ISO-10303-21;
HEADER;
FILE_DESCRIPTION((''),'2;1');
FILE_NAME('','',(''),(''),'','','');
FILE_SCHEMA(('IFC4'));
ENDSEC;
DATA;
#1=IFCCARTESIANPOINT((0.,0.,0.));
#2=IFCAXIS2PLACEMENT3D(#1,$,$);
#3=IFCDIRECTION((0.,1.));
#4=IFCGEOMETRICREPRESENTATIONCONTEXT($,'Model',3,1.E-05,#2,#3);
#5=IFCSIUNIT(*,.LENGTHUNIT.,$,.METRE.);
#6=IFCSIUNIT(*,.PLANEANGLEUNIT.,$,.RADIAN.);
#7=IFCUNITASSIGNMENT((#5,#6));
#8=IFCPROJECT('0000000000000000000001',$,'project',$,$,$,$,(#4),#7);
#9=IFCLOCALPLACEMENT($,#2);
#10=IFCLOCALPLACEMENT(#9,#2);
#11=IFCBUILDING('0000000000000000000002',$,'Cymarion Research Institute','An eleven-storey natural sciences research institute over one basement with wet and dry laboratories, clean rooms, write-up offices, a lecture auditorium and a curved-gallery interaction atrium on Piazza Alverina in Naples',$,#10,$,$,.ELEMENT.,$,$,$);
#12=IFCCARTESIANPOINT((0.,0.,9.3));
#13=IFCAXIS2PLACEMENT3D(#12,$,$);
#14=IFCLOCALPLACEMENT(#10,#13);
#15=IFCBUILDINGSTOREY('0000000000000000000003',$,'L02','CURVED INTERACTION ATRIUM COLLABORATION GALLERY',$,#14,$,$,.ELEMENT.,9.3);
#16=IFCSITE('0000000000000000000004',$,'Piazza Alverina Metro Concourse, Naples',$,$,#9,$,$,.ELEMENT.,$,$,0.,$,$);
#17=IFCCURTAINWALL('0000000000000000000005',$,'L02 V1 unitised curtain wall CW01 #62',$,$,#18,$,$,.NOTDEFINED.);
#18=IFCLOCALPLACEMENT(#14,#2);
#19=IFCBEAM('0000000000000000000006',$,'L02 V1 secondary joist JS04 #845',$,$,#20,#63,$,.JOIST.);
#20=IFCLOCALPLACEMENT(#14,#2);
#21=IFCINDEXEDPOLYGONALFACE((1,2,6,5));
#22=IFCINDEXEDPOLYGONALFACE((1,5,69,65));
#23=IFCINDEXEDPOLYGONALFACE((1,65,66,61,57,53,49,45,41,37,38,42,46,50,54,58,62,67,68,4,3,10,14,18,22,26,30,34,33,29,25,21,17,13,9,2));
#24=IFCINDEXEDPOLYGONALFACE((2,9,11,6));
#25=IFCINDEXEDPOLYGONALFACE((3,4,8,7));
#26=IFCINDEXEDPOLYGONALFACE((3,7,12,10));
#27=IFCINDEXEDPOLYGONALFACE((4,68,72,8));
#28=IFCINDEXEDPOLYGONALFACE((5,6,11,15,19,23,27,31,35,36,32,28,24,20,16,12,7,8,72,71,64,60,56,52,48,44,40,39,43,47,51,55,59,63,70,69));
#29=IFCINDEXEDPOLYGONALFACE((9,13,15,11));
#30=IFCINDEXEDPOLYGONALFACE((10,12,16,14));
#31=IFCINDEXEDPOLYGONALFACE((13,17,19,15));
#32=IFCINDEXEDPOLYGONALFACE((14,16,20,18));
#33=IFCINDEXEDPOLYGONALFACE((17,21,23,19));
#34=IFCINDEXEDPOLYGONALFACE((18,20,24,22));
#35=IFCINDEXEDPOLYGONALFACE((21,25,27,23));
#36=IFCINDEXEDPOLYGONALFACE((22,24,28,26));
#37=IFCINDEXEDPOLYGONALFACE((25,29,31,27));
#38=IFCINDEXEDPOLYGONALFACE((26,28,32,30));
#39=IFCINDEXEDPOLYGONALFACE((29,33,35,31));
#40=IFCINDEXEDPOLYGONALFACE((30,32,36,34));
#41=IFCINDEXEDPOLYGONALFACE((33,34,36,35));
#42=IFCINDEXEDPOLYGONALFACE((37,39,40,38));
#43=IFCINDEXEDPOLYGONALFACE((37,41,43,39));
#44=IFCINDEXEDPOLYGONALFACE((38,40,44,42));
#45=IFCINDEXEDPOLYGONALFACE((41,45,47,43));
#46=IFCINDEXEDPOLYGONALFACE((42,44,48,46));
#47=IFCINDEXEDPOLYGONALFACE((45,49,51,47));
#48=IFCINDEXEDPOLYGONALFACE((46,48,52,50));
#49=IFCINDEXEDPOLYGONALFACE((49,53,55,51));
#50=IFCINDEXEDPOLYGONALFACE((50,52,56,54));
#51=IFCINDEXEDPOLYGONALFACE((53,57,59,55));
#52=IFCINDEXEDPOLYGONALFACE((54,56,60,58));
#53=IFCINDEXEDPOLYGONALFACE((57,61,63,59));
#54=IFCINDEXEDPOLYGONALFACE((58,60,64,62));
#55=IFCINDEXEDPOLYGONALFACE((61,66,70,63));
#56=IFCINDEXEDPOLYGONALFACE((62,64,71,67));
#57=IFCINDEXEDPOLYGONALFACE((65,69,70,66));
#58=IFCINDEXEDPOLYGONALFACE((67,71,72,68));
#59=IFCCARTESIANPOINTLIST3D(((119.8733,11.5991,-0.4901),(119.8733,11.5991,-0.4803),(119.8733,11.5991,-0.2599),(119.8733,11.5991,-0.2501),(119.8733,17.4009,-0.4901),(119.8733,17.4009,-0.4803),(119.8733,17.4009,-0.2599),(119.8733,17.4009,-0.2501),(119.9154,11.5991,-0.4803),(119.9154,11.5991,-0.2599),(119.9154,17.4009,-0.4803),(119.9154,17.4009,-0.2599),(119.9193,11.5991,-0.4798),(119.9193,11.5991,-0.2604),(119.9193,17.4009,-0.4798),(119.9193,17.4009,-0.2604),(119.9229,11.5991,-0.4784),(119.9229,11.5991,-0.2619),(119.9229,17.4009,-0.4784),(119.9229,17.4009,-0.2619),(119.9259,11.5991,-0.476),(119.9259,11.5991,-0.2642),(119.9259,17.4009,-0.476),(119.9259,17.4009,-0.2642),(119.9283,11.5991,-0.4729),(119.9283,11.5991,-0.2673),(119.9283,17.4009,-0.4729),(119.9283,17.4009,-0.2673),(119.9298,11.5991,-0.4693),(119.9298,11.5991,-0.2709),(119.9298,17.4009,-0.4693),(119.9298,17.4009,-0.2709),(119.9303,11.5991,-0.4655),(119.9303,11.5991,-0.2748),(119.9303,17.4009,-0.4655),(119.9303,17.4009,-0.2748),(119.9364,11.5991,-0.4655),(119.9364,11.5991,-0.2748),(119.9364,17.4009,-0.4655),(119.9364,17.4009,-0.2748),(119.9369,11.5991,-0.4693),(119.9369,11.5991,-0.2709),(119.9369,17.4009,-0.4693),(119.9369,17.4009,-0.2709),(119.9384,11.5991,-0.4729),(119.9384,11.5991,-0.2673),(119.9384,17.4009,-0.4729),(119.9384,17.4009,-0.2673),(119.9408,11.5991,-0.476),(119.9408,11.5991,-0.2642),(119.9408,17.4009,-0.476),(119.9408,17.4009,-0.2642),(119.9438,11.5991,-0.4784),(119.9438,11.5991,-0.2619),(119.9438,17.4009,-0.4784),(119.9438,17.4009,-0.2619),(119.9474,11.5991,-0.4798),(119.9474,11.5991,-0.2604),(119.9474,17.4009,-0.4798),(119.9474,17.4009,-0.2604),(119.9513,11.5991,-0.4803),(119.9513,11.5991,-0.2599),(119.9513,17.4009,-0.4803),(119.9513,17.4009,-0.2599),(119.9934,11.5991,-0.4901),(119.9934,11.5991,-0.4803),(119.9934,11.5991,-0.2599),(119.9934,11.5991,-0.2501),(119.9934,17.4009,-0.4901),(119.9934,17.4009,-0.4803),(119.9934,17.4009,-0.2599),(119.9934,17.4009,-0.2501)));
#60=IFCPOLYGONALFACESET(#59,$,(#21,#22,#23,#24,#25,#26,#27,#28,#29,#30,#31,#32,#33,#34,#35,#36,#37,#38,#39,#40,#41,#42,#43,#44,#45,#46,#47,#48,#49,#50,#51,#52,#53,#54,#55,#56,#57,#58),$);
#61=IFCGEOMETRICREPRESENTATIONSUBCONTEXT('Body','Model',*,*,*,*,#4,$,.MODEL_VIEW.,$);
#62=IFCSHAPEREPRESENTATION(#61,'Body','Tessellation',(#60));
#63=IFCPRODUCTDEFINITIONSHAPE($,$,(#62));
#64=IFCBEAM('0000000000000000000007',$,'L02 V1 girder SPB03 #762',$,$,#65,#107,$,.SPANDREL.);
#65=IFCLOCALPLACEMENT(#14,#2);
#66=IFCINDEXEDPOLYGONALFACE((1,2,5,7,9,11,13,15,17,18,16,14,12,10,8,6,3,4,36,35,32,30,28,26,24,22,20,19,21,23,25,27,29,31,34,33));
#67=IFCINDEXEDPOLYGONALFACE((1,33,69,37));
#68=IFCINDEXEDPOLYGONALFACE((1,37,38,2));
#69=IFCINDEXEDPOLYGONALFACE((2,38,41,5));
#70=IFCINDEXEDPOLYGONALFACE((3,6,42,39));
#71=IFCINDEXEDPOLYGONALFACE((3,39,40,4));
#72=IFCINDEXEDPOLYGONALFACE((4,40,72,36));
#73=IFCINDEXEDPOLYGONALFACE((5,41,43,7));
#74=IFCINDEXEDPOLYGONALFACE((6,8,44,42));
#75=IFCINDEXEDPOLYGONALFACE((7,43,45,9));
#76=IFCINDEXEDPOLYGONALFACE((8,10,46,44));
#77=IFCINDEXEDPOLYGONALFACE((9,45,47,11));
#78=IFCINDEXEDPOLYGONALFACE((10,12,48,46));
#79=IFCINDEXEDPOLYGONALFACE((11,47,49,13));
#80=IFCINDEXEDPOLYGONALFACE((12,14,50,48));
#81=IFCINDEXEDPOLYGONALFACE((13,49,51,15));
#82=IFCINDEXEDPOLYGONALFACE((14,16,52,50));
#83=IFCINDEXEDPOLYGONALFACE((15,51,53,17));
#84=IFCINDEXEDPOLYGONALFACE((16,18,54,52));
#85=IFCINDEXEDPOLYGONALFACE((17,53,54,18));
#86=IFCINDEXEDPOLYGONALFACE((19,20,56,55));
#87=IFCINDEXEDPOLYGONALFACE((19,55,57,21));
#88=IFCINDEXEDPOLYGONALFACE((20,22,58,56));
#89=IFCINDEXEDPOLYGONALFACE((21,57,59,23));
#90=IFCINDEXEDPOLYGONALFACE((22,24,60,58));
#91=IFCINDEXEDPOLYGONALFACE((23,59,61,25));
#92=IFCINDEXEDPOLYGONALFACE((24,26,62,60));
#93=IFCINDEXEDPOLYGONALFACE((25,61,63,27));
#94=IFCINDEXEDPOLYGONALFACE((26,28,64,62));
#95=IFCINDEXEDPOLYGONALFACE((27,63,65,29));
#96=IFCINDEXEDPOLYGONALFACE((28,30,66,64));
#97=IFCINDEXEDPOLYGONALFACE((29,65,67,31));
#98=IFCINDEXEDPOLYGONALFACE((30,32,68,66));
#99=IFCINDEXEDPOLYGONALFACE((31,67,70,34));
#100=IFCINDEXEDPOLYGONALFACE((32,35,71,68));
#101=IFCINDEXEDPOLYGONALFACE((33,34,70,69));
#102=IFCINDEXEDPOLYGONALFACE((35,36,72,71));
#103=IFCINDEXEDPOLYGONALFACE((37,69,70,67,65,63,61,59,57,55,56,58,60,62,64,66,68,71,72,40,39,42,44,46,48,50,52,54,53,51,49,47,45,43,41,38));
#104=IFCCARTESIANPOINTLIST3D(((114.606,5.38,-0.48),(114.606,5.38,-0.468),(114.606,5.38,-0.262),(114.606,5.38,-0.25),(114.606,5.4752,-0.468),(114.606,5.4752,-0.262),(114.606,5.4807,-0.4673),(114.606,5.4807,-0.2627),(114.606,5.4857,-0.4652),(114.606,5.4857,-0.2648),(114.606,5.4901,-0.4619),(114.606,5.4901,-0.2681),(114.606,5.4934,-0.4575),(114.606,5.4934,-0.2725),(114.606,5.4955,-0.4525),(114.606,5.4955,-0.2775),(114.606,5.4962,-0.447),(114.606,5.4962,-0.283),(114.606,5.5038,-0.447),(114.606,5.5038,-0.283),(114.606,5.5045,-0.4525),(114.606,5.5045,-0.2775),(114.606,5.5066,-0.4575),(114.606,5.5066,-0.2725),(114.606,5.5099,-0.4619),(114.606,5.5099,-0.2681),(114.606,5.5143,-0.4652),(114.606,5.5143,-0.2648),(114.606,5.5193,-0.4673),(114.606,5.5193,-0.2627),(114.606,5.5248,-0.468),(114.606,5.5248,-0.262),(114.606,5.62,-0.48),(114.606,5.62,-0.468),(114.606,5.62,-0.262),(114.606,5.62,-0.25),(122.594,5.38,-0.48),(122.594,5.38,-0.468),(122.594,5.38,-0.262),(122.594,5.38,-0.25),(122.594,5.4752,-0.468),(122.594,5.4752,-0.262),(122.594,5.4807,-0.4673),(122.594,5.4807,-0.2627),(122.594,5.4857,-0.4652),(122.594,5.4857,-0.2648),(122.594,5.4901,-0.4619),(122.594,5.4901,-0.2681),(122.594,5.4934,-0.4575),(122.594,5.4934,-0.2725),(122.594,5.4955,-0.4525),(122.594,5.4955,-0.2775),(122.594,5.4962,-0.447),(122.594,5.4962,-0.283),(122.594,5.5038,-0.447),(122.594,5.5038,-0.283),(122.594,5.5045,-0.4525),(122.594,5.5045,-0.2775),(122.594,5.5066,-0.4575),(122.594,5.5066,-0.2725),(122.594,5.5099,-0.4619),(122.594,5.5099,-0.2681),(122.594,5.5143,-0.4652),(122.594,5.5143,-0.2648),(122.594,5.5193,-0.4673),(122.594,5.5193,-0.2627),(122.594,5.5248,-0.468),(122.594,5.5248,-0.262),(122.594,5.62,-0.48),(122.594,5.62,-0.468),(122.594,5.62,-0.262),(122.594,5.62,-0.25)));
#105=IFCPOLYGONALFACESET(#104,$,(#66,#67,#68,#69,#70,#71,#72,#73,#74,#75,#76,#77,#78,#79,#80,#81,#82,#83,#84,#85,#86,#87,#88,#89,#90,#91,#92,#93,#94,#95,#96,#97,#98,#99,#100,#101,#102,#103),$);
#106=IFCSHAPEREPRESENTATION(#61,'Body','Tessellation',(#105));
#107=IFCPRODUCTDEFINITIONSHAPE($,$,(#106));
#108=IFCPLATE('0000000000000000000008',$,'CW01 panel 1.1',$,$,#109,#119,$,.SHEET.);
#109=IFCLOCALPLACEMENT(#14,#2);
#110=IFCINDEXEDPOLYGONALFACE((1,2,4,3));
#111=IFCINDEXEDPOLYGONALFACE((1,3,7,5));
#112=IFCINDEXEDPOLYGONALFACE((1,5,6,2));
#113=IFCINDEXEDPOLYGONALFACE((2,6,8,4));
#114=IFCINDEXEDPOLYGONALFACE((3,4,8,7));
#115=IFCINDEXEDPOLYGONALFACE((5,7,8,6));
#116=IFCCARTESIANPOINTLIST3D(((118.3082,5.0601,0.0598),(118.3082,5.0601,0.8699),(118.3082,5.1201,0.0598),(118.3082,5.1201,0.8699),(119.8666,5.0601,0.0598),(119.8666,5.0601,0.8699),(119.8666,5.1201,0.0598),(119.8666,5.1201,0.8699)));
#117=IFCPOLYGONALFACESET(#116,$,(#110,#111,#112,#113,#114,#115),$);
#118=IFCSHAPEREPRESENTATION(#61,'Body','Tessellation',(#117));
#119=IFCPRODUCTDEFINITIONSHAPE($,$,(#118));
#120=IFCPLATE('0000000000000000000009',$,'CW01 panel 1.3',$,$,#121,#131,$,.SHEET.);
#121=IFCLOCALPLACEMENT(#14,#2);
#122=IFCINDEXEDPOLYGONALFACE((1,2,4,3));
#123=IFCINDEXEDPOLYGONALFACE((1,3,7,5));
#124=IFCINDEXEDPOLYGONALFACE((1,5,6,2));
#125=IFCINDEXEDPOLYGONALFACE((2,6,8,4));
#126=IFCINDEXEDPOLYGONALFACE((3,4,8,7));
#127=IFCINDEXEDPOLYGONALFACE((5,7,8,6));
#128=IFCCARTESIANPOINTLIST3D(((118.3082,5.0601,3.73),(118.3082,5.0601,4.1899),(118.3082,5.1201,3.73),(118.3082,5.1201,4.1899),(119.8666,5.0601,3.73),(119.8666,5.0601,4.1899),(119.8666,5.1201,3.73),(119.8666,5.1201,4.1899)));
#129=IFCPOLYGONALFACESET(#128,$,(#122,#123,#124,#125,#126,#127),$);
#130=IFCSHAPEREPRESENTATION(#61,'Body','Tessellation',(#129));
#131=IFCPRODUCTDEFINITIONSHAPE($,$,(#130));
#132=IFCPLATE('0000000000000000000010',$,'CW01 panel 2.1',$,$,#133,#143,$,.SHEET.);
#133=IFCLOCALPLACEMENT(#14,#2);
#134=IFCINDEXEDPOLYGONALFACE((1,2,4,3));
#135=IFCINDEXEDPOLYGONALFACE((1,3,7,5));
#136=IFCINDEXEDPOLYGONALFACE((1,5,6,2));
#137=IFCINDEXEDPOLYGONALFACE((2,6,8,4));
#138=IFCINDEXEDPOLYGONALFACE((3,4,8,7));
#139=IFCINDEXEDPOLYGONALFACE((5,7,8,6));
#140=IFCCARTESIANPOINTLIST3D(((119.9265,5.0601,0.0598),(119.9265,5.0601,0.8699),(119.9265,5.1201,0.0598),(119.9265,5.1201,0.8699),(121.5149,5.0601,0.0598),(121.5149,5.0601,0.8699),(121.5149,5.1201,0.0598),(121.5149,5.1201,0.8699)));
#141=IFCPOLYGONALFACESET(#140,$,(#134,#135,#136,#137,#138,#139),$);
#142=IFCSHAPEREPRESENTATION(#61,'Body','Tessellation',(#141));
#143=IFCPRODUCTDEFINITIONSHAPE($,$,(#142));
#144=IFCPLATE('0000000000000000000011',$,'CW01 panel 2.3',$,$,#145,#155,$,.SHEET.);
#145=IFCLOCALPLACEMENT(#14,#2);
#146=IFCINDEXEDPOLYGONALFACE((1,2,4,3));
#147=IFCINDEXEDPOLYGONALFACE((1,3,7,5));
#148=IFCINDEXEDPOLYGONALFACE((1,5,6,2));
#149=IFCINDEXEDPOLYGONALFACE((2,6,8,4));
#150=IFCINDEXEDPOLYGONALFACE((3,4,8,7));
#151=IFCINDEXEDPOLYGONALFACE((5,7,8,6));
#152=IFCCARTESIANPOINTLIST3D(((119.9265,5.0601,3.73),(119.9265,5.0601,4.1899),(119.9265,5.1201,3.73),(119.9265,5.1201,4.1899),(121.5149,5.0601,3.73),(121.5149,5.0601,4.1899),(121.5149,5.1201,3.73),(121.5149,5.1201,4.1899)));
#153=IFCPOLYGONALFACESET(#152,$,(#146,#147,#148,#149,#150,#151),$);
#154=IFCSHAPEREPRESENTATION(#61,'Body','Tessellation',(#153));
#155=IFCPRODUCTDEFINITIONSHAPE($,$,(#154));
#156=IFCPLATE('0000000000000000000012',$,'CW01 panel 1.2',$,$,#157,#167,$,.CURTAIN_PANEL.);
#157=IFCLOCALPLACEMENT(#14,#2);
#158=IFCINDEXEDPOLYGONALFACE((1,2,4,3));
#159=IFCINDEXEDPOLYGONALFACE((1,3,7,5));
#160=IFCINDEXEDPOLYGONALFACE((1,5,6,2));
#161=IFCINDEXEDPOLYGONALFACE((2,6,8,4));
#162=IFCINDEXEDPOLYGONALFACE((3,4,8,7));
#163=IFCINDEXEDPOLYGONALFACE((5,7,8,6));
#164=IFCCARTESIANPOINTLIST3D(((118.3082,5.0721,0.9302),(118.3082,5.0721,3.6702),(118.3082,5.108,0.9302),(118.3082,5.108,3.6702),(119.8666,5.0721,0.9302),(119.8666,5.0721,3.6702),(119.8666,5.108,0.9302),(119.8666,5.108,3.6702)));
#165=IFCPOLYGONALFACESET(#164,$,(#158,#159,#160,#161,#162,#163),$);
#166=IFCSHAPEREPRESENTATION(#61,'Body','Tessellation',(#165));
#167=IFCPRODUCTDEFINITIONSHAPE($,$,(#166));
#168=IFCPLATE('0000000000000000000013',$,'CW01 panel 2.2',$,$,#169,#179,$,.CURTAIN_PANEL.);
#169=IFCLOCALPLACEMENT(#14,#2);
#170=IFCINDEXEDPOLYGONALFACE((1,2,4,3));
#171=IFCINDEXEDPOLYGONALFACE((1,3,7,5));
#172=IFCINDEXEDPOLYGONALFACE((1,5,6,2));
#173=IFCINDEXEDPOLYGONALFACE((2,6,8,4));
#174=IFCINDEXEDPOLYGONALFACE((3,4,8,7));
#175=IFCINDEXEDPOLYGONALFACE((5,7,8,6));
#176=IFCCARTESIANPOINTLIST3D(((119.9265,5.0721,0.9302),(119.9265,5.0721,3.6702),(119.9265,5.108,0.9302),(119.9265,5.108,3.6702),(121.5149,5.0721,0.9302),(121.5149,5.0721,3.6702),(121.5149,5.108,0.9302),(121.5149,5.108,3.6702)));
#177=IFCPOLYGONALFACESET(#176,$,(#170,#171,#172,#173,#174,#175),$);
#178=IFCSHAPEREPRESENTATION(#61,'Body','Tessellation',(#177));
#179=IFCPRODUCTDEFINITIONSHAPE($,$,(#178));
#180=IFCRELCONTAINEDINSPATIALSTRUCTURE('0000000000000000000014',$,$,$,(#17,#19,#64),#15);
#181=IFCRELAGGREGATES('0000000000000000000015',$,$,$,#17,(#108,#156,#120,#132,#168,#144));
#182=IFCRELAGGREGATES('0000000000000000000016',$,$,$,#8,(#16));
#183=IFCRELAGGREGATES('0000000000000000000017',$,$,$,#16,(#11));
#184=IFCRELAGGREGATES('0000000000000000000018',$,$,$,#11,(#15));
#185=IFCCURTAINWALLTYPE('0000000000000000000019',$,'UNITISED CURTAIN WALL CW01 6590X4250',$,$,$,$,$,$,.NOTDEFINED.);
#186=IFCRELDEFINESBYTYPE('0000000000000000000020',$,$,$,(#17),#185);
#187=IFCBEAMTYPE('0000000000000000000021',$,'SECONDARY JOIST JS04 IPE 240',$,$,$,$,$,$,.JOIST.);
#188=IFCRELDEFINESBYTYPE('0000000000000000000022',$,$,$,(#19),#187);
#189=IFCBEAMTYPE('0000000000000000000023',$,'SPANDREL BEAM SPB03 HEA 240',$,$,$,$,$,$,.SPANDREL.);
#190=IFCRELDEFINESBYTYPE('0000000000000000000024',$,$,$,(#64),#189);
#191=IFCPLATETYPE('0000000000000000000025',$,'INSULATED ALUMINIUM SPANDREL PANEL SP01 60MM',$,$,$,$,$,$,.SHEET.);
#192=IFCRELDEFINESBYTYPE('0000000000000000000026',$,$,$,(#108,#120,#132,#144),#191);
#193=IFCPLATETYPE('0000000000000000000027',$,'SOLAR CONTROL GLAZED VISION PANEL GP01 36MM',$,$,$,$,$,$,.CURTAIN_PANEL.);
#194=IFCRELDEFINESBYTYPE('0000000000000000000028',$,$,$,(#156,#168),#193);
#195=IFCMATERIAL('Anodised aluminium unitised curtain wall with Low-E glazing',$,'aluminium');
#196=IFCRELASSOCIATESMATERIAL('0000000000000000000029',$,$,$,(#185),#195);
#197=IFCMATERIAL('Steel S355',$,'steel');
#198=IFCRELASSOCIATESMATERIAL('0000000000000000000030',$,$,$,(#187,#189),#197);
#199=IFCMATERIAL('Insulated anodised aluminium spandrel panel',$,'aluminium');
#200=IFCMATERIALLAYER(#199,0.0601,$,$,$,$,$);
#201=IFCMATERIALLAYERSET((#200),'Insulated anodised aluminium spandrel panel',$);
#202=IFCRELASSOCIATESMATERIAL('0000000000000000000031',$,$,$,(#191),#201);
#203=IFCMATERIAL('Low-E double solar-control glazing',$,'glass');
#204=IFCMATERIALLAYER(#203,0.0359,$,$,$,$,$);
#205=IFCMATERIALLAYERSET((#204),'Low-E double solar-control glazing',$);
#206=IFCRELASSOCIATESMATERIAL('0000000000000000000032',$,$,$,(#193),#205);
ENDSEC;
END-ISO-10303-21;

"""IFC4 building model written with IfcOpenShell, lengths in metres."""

from ifc_helpers import new_model, si_unit, direction, frame, origin, origin_2d, place, context, subcontext, project, spatial, rectangle, i_section, extrude, material, layer, layer_set, material_profile, profile_set, type_object, element, aggregate, save


model = new_model("IFC4")

# Units and contexts
model_context = context("Model", 3, precision=1e-05, world=origin(), true_north=direction((0.0, 1.0)))
body_context = subcontext(model_context, "Body", "Model", "MODEL_VIEW")
ifc_project = project(units=[si_unit("LENGTHUNIT", "METRE"), si_unit("PLANEANGLEUNIT", "RADIAN")], contexts=[model_context])

# Site, building, storey
site_placement = place(None, origin())
site = spatial("IfcSite", under=ifc_project, at=site_placement, Name="Piazza Alverina Metro Concourse, Naples", CompositionType="ELEMENT", RefElevation=0.0)
building_placement = place(site_placement, origin())
building = spatial("IfcBuilding", under=site, at=building_placement, Name="Cymarion Research Institute", Description="An eleven-storey natural sciences research institute over one basement with wet and dry laboratories, clean rooms, write-up offices, a lecture auditorium and a curved-gallery interaction atrium on Piazza Alverina in Naples", CompositionType="ELEMENT")
storey_placement = place(building_placement, frame((0.0, 0.0, 9.3)))
storey = spatial("IfcBuildingStorey", under=building, at=storey_placement, Name="L02", Description="CURVED INTERACTION ATRIUM COLLABORATION GALLERY", CompositionType="ELEMENT", Elevation=9.3)

# Shared definitions
ifc_material_1 = material(Name="Steel S355", Category="steel")

# Curtain wall
ifc_material_2 = material(Name="Anodised aluminium unitised curtain wall with Low-E glazing", Category="aluminium")
curtain_wall_type = type_object("IfcCurtainWallType", Name="UNITISED CURTAIN WALL CW01 6590X4250", PredefinedType="NOTDEFINED", material=ifc_material_2)
curtain_wall_placement = place(storey_placement, origin())
curtain_wall = element("IfcCurtainWall", 1, at=curtain_wall_placement, inside=storey, type_object=curtain_wall_type, Name="L02 V1 unitised curtain wall CW01 #62", PredefinedType="NOTDEFINED")

# Beams
ifc_material_profile_1 = material_profile(ifc_material_1, i_section(OverallWidth=0.1201, OverallDepth=0.24, WebThickness=0.0061, FlangeThickness=0.0098, FilletRadius=0.0149, at=origin_2d()), Name="IPE 240")
ifc_profile_set_1 = profile_set([ifc_material_profile_1], Name="Steel S355")
beam_type_1 = type_object("IfcBeamType", Name="SECONDARY JOIST JS04 IPE 240", PredefinedType="JOIST", material=ifc_profile_set_1)
for number, where, z_axis, x_axis, name in (
    (2, (119.9333, 11.5991, -0.3701), (0.0, 1.0, 0.0), (-1.0, 0.0, 0.0), "L02 V1 secondary joist JS04 #845"),
):
    element("IfcBeam", number, at=place(storey_placement, frame(where, z_axis=z_axis, x_axis=x_axis)), inside=storey, type_object=beam_type_1, Name=name, PredefinedType="JOIST", context=body_context, shape_type="SweptSolid", body=[
        extrude(i_section(OverallWidth=0.1201, OverallDepth=0.24, WebThickness=0.0061, FlangeThickness=0.0098, FilletRadius=0.0149, at=origin_2d()), origin(), (0.0, 0.0, 1.0), 5.8018),
    ])
ifc_material_profile_2 = material_profile(ifc_material_1, i_section(OverallWidth=0.24, OverallDepth=0.23, WebThickness=0.0076, FlangeThickness=0.012, FilletRadius=0.021, at=origin_2d()), Name="HEA 240")
ifc_profile_set_2 = profile_set([ifc_material_profile_2], Name="Steel S355")
beam_type_2 = type_object("IfcBeamType", Name="SPANDREL BEAM SPB03 HEA 240", PredefinedType="SPANDREL", material=ifc_profile_set_2)
beam_placement = place(storey_placement, frame((114.606, 5.5, -0.365), z_axis=(1.0, 0.0, 0.0), x_axis=(0.0, 1.0, 0.0)))
element("IfcBeam", 3, at=beam_placement, inside=storey, type_object=beam_type_2, Name="L02 V1 girder SPB03 #762", PredefinedType="SPANDREL", context=body_context, shape_type="SweptSolid", body=[
    extrude(i_section(OverallWidth=0.24, OverallDepth=0.23, WebThickness=0.0076, FlangeThickness=0.012, FilletRadius=0.021, at=origin_2d()), origin(), (0.0, 0.0, 1.0), 7.988),
])

# Plates
ifc_material_3 = material(Name="Insulated anodised aluminium spandrel panel", Category="aluminium")
ifc_layer_1 = layer(ifc_material_3, 0.0601)
ifc_layer_set_1 = layer_set([ifc_layer_1], Name="Insulated anodised aluminium spandrel panel")
plate_type_1 = type_object("IfcPlateType", Name="INSULATED ALUMINIUM SPANDREL PANEL SP01 60MM", PredefinedType="SHEET", material=ifc_layer_set_1)
plate_1_placement = place(storey_placement, frame((119.0874, 5.0901, 0.0598), z_axis=(0.0, 0.0, 1.0), x_axis=(1.0, 0.0, 0.0)))
plate_1 = element("IfcPlate", 4, at=plate_1_placement, type_object=plate_type_1, Name="CW01 panel 1.1", PredefinedType="SHEET", context=body_context, shape_type="SweptSolid", body=[
    extrude(rectangle(XDim=1.5583, YDim=0.0601, at=origin_2d()), origin(), (0.0, 0.0, 1.0), 0.8101),
])
plate_2_placement = place(storey_placement, frame((119.0874, 5.0901, 3.73), z_axis=(0.0, 0.0, 1.0), x_axis=(1.0, 0.0, 0.0)))
plate_2 = element("IfcPlate", 5, at=plate_2_placement, type_object=plate_type_1, Name="CW01 panel 1.3", PredefinedType="SHEET", context=body_context, shape_type="SweptSolid", body=[
    extrude(rectangle(XDim=1.5583, YDim=0.0601, at=origin_2d()), origin(), (0.0, 0.0, 1.0), 0.46),
])
plate_3_placement = place(storey_placement, frame((120.7207, 5.0901, 0.0598), z_axis=(0.0, 0.0, 1.0), x_axis=(1.0, 0.0, 0.0)))
plate_3 = element("IfcPlate", 6, at=plate_3_placement, type_object=plate_type_1, Name="CW01 panel 2.1", PredefinedType="SHEET", context=body_context, shape_type="SweptSolid", body=[
    extrude(rectangle(XDim=1.5884, YDim=0.0601, at=origin_2d()), origin(), (0.0, 0.0, 1.0), 0.8101),
])
plate_4_placement = place(storey_placement, frame((120.7207, 5.0901, 3.73), z_axis=(0.0, 0.0, 1.0), x_axis=(1.0, 0.0, 0.0)))
plate_4 = element("IfcPlate", 7, at=plate_4_placement, type_object=plate_type_1, Name="CW01 panel 2.3", PredefinedType="SHEET", context=body_context, shape_type="SweptSolid", body=[
    extrude(rectangle(XDim=1.5884, YDim=0.0601, at=origin_2d()), origin(), (0.0, 0.0, 1.0), 0.46),
])
ifc_material_4 = material(Name="Low-E double solar-control glazing", Category="glass")
ifc_layer_2 = layer(ifc_material_4, 0.0359)
ifc_layer_set_2 = layer_set([ifc_layer_2], Name="Low-E double solar-control glazing")
plate_type_2 = type_object("IfcPlateType", Name="SOLAR CONTROL GLAZED VISION PANEL GP01 36MM", PredefinedType="CURTAIN_PANEL", material=ifc_layer_set_2)
plate_5_placement = place(storey_placement, frame((119.0874, 5.0901, 0.9302), z_axis=(0.0, 0.0, 1.0), x_axis=(1.0, 0.0, 0.0)))
plate_5 = element("IfcPlate", 8, at=plate_5_placement, type_object=plate_type_2, Name="CW01 panel 1.2", PredefinedType="CURTAIN_PANEL", context=body_context, shape_type="SweptSolid", body=[
    extrude(rectangle(XDim=1.5583, YDim=0.0359, at=origin_2d()), origin(), (0.0, 0.0, 1.0), 2.74),
])
plate_6_placement = place(storey_placement, frame((120.7207, 5.0901, 0.9302), z_axis=(0.0, 0.0, 1.0), x_axis=(1.0, 0.0, 0.0)))
plate_6 = element("IfcPlate", 9, at=plate_6_placement, type_object=plate_type_2, Name="CW01 panel 2.2", PredefinedType="CURTAIN_PANEL", context=body_context, shape_type="SweptSolid", body=[
    extrude(rectangle(XDim=1.5884, YDim=0.0359, at=origin_2d()), origin(), (0.0, 0.0, 1.0), 2.74),
])
aggregate(curtain_wall, [plate_1, plate_5, plate_2, plate_3, plate_6, plate_4])

save(model, "model.ifc")
